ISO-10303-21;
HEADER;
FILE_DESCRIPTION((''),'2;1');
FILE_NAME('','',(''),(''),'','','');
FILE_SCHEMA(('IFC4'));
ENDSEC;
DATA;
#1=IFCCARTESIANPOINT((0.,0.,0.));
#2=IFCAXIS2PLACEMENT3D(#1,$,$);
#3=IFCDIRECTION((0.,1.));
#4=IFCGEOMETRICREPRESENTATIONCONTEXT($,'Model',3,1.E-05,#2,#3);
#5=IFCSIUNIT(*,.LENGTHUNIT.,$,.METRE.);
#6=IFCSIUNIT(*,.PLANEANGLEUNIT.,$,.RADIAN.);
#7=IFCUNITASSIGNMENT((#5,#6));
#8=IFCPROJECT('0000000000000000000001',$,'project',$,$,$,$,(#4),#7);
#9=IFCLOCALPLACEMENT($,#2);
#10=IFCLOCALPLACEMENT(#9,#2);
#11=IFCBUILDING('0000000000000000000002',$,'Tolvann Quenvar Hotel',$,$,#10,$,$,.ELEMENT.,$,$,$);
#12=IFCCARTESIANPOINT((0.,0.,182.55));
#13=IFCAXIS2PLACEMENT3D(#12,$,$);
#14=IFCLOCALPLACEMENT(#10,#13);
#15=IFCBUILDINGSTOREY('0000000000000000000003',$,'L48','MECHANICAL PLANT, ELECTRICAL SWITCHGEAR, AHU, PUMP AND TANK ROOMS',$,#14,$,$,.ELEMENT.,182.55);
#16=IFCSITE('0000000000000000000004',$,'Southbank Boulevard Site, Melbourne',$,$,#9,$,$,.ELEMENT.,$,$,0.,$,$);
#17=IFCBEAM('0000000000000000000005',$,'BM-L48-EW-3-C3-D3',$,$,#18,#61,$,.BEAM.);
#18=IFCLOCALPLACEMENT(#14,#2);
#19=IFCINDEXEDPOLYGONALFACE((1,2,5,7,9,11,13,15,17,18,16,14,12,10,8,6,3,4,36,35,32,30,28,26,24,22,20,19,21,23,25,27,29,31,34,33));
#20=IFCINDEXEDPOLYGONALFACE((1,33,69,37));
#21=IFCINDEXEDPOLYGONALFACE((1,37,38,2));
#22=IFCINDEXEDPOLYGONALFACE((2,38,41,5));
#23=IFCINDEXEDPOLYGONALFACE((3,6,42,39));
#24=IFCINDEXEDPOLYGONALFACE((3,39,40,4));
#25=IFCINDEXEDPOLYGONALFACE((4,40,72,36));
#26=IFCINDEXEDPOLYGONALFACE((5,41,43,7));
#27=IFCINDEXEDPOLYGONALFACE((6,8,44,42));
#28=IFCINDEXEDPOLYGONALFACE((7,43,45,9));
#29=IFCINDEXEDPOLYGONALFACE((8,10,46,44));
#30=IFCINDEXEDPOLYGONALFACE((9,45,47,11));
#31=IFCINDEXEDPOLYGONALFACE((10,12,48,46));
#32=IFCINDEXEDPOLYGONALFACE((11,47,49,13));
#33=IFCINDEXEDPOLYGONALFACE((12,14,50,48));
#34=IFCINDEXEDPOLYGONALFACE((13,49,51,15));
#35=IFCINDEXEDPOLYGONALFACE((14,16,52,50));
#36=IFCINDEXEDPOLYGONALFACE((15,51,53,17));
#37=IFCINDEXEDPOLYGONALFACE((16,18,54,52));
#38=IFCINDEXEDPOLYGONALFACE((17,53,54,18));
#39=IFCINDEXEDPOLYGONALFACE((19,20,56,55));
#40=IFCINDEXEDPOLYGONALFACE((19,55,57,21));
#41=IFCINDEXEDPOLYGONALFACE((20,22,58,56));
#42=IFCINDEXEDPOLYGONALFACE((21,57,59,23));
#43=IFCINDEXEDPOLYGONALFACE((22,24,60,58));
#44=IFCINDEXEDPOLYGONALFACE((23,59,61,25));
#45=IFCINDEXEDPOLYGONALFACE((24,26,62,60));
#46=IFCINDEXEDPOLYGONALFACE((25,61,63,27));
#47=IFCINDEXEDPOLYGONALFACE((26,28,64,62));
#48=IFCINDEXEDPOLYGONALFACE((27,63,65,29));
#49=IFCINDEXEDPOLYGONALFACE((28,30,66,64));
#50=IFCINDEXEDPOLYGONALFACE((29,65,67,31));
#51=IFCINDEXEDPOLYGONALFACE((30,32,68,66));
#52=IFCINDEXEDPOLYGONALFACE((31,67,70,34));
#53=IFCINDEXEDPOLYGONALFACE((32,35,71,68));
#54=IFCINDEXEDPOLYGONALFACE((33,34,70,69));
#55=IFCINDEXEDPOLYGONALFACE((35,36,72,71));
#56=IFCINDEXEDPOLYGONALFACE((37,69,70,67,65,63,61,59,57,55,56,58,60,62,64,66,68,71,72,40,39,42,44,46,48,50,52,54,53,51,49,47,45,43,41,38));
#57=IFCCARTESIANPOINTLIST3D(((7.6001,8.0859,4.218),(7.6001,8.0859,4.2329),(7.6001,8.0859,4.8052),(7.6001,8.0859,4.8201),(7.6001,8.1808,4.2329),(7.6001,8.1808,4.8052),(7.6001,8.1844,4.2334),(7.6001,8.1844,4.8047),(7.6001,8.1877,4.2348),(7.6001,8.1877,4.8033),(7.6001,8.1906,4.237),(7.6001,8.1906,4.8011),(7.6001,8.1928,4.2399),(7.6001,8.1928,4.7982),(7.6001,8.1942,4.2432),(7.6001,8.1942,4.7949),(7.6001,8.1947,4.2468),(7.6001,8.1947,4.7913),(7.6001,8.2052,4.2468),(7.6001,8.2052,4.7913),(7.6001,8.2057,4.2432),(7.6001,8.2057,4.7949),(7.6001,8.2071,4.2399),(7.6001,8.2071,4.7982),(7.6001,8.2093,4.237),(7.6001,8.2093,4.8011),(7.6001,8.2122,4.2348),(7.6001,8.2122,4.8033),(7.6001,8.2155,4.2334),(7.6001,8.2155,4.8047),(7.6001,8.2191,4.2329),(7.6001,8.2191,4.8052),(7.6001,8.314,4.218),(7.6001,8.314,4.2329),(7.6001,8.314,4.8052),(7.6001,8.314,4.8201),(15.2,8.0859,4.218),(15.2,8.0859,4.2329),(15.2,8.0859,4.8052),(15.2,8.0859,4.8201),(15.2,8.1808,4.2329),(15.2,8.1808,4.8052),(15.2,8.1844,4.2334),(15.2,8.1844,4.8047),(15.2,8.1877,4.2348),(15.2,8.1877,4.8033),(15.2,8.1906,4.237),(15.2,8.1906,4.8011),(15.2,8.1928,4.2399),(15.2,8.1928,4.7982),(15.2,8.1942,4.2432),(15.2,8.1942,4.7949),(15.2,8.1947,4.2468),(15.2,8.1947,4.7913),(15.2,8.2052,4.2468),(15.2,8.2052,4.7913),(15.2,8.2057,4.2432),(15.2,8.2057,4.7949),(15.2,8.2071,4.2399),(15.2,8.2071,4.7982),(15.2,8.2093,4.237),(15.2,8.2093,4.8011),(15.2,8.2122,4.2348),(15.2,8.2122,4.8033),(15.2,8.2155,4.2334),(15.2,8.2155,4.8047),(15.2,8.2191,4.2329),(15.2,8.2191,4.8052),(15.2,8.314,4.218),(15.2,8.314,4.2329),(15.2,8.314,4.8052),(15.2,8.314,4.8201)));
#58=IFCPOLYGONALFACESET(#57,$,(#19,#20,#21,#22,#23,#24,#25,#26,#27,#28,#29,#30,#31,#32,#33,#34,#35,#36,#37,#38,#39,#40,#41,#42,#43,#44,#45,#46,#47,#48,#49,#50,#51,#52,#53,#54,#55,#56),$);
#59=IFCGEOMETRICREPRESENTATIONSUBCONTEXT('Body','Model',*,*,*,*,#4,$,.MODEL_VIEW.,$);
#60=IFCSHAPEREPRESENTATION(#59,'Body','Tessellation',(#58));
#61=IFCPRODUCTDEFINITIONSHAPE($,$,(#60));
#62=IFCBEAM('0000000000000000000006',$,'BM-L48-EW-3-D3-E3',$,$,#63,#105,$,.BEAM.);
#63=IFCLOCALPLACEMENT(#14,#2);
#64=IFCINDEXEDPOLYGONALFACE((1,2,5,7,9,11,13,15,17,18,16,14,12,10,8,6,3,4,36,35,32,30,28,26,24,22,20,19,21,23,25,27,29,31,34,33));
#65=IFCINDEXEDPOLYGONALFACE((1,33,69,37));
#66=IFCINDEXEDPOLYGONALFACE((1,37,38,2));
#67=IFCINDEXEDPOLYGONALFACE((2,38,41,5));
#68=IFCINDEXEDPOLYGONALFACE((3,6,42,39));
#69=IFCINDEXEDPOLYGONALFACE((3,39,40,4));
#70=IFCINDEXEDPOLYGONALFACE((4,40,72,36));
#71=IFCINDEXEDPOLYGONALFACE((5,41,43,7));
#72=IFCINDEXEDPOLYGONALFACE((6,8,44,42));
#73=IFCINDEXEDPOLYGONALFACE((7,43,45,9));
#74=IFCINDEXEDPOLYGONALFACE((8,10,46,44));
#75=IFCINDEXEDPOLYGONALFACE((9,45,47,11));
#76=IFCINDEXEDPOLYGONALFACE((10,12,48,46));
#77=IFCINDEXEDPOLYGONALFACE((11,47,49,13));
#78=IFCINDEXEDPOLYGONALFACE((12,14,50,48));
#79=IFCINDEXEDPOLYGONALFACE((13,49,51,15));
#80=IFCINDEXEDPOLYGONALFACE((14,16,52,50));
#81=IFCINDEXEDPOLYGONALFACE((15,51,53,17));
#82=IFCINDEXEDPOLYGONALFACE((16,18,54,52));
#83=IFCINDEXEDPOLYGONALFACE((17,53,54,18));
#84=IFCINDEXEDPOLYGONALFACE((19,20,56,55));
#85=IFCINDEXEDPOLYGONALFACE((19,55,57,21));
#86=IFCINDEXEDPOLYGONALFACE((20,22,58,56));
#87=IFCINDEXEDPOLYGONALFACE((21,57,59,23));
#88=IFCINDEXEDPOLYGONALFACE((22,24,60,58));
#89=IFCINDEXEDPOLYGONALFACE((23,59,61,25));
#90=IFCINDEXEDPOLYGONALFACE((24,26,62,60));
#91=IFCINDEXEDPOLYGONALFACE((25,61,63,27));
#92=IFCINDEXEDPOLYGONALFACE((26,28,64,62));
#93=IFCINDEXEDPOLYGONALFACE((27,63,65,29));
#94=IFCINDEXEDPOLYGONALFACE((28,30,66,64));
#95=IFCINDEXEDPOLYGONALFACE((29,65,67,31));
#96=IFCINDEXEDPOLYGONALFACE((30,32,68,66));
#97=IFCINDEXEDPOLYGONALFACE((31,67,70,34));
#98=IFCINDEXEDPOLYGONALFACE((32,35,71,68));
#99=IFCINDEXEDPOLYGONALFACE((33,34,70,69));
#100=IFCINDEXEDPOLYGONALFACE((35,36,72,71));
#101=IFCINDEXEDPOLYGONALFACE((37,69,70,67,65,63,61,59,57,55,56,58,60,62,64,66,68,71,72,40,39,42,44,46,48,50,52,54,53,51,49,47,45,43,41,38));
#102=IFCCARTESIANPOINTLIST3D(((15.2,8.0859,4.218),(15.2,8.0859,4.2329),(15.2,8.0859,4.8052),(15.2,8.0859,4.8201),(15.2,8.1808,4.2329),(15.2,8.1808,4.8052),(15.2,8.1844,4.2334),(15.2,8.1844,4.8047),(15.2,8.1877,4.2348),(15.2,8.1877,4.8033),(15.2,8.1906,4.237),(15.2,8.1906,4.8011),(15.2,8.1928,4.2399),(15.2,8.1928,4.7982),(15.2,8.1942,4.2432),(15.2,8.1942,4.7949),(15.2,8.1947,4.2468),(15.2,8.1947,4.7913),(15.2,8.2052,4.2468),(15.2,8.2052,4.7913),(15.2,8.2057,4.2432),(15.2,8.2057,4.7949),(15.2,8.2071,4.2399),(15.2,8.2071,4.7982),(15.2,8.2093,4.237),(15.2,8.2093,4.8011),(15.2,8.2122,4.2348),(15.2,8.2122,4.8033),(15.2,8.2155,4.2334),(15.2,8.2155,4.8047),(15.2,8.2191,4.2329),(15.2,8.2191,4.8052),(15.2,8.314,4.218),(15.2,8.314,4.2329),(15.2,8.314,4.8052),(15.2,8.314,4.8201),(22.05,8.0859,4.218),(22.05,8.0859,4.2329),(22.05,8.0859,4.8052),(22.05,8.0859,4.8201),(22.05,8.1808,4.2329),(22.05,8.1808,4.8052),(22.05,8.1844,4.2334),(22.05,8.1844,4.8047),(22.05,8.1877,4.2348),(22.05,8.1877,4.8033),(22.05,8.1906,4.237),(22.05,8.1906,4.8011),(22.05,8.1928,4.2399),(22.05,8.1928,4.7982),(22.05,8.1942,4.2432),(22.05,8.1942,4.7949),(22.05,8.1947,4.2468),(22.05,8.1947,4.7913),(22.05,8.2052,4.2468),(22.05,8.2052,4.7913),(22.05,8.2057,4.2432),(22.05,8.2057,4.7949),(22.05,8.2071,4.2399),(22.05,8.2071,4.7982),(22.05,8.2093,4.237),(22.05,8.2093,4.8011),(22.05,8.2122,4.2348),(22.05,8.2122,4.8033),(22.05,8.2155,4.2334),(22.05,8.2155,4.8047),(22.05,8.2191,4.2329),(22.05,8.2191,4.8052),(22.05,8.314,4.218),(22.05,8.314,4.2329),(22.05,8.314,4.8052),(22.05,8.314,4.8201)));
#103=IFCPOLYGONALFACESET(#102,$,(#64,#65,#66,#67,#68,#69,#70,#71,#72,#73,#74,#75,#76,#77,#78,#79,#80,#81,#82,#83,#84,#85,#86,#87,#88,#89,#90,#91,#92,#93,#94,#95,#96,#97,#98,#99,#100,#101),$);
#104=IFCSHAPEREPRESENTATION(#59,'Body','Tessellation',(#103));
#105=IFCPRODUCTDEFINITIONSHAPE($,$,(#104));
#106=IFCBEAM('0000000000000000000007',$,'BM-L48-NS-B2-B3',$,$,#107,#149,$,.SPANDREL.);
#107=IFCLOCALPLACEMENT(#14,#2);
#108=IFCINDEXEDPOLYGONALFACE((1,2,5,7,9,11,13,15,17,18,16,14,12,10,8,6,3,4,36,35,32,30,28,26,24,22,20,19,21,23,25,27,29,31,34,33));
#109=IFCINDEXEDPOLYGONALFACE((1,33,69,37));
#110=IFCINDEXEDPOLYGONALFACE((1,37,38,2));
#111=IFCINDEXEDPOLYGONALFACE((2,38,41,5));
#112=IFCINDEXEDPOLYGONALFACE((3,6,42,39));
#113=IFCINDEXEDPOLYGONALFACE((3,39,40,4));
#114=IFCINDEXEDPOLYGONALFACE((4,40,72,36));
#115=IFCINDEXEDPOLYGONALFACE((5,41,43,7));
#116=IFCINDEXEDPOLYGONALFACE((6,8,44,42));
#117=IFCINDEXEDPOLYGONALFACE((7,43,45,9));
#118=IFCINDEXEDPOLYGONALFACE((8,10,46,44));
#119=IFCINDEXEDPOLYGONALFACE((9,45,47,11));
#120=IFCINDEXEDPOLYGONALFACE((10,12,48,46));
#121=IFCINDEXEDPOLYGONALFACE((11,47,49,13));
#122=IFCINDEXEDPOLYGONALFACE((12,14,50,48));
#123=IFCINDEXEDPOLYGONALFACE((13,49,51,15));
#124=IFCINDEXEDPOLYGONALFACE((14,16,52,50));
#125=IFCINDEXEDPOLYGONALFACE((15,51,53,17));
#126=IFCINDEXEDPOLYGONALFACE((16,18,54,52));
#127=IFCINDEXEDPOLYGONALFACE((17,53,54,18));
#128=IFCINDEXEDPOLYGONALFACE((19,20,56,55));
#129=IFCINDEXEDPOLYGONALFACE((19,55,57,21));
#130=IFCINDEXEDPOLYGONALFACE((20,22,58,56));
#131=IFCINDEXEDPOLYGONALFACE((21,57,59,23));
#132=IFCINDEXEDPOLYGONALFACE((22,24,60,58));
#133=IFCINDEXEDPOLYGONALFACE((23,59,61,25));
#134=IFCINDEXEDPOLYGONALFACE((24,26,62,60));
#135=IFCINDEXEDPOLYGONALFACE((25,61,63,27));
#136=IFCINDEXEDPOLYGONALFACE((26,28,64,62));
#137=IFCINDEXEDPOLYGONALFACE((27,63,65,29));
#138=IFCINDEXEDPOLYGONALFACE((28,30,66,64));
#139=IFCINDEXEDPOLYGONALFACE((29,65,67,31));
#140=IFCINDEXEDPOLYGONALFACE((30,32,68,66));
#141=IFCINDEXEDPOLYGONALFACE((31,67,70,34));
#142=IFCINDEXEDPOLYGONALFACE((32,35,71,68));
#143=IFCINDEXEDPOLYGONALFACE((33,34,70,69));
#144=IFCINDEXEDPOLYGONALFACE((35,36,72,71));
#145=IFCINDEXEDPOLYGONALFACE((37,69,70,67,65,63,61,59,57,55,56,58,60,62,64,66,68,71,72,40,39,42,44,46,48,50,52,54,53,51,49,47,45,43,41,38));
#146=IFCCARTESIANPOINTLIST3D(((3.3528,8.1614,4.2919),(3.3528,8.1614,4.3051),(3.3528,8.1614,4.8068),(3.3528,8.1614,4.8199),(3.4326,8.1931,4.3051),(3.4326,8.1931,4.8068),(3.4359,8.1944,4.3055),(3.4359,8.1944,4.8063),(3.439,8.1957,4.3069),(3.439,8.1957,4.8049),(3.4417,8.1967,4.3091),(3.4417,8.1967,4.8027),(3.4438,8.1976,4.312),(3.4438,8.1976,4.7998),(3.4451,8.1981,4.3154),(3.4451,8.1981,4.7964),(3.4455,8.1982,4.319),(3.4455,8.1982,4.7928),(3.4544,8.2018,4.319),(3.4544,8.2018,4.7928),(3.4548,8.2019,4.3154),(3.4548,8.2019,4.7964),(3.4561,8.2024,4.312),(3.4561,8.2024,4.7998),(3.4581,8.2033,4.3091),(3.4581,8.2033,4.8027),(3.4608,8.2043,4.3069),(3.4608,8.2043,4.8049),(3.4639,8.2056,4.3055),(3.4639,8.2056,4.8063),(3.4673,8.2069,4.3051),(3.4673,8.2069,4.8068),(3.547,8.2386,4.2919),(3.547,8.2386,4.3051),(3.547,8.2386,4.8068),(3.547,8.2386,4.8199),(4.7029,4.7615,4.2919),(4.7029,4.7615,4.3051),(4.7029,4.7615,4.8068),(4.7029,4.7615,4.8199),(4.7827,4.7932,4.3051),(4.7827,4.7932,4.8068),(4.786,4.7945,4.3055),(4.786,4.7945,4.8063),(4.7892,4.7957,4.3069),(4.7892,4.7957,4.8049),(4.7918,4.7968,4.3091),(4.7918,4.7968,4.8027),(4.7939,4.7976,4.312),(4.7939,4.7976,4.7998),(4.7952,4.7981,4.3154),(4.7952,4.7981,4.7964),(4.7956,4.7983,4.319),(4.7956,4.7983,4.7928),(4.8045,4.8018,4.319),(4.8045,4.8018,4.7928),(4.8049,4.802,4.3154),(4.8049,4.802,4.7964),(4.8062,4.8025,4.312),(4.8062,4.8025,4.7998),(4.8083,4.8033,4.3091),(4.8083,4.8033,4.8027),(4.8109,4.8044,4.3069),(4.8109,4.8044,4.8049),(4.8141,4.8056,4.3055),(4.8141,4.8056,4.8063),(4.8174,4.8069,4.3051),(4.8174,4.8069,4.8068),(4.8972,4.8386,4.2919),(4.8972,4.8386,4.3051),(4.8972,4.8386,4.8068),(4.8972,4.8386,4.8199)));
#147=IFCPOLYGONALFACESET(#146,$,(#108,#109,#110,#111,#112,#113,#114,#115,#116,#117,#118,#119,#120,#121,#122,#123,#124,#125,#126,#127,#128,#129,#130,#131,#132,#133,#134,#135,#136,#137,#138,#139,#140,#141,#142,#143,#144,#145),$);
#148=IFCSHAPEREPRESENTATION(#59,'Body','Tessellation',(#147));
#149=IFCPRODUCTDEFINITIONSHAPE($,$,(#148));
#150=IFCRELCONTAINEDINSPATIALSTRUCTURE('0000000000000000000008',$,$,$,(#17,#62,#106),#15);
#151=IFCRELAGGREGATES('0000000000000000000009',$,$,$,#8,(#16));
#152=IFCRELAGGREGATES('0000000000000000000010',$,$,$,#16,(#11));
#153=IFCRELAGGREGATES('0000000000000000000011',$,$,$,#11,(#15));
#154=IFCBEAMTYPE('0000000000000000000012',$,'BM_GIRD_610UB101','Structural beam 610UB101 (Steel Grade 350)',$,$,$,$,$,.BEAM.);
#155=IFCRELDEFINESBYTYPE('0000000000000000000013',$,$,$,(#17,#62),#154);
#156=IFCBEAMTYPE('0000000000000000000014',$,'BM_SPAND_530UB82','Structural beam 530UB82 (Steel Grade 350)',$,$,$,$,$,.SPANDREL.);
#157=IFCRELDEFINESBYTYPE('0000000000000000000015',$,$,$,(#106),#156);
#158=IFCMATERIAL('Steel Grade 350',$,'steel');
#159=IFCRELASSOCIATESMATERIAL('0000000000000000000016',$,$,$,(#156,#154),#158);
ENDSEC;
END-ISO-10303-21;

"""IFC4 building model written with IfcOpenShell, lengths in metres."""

from ifc_helpers import new_model, si_unit, direction, frame, origin, origin_2d, place, context, subcontext, project, spatial, i_section, extrude, source, transform, mapped, material, material_profile, profile_set, type_object, type_shapes, element, save


model = new_model("IFC4")

# Units and contexts
model_context = context("Model", 3, precision=1e-05, world=origin(), true_north=direction((0.0, 1.0)))
body_context = subcontext(model_context, "Body", "Model", "MODEL_VIEW")
ifc_project = project(units=[si_unit("LENGTHUNIT", "METRE"), si_unit("PLANEANGLEUNIT", "RADIAN")], contexts=[model_context])

# Site, building, storey
site_placement = place(None, origin())
site = spatial("IfcSite", under=ifc_project, at=site_placement, Name="Southbank Boulevard Site, Melbourne", CompositionType="ELEMENT", RefElevation=0.0)
building_placement = place(site_placement, origin())
building = spatial("IfcBuilding", under=site, at=building_placement, Name="Tolvann Quenvar Hotel", CompositionType="ELEMENT")
storey_placement = place(building_placement, frame((0.0, 0.0, 182.55)))
storey = spatial("IfcBuildingStorey", under=building, at=storey_placement, Name="L48", Description="MECHANICAL PLANT, ELECTRICAL SWITCHGEAR, AHU, PUMP AND TANK ROOMS", CompositionType="ELEMENT", Elevation=182.55)

# Shared definitions
ifc_material_1 = material(Name="Steel Grade 350", Category="steel")

# Beams
ifc_material_profile_1 = material_profile(ifc_material_1, i_section(OverallWidth=0.209, OverallDepth=0.5281, WebThickness=0.0095, FlangeThickness=0.0132, FilletRadius=0.0139, at=origin_2d()), Name="530UB82")
ifc_profile_set_1 = profile_set([ifc_material_profile_1], Name="Steel Grade 350")
beam_type_1 = type_object("IfcBeamType", Name="BM_SPAND_530UB82", Description="Structural beam 530UB82 (Steel Grade 350)", PredefinedType="SPANDREL", material=ifc_profile_set_1)
ifc_material_profile_2 = material_profile(ifc_material_1, i_section(OverallWidth=0.228, OverallDepth=0.6021, WebThickness=0.0105, FlangeThickness=0.0149, FilletRadius=0.0139, at=origin_2d()), Name="610UB101")
ifc_profile_set_2 = profile_set([ifc_material_profile_2], Name="Steel Grade 350")
beam_type_2 = type_object("IfcBeamType", Name="BM_GIRD_610UB101", Description="Structural beam 610UB101 (Steel Grade 350)", PredefinedType="BEAM", material=ifc_profile_set_2)
shared_shape_1 = source(origin(), body_context, "Body", "SweptSolid", [
    extrude(i_section(OverallWidth=0.228, OverallDepth=0.6021, WebThickness=0.0105, FlangeThickness=0.0149, FilletRadius=0.0139, at=origin_2d()), origin(), (0.0, 0.0, 1.0), 7.5999),
])
beam_1_placement = place(storey_placement, frame((7.6001, 8.2, 4.519), z_axis=(1.0, 0.0, 0.0), x_axis=(0.0, 1.0, 0.0)))
element("IfcBeam", 1, at=beam_1_placement, inside=storey, type_object=beam_type_2, Name="BM-L48-EW-3-C3-D3", PredefinedType="BEAM", context=body_context, shape_type="MappedRepresentation", body=[
    mapped(shared_shape_1, transform((0.0, 0.0, 0.0), x_axis=(1.0, 0.0, 0.0), y_axis=(0.0, 1.0, 0.0), z_axis=(0.0, 0.0, 1.0), scale=1.0)),
])
shared_shape_2 = source(origin(), body_context, "Body", "SweptSolid", [
    extrude(i_section(OverallWidth=0.228, OverallDepth=0.6021, WebThickness=0.0105, FlangeThickness=0.0149, FilletRadius=0.0139, at=origin_2d()), origin(), (0.0, 0.0, 1.0), 6.8501),
])
type_shapes(beam_type_2, [shared_shape_1, shared_shape_2])
beam_2_placement = place(storey_placement, frame((15.2, 8.2, 4.519), z_axis=(1.0, 0.0, 0.0), x_axis=(0.0, 1.0, 0.0)))
element("IfcBeam", 2, at=beam_2_placement, inside=storey, type_object=beam_type_2, Name="BM-L48-EW-3-D3-E3", PredefinedType="BEAM", context=body_context, shape_type="MappedRepresentation", body=[
    mapped(shared_shape_2, transform((0.0, 0.0, 0.0), x_axis=(1.0, 0.0, 0.0), y_axis=(0.0, 1.0, 0.0), z_axis=(0.0, 0.0, 1.0), scale=1.0)),
])
shared_shape_3 = source(origin(), body_context, "Body", "SweptSolid", [
    extrude(i_section(OverallWidth=0.209, OverallDepth=0.5281, WebThickness=0.0095, FlangeThickness=0.0132, FilletRadius=0.0139, at=origin_2d()), origin(), (0.0, 0.0, 1.0), 3.6582),
])
beam_3_placement = place(storey_placement, frame((4.8, 4.8, 4.5559), z_axis=(-0.369065, 0.929404, 0.0), x_axis=(-0.929404, -0.369065, 0.0)))
element("IfcBeam", 3, at=beam_3_placement, inside=storey, type_object=beam_type_1, Name="BM-L48-NS-B2-B3", PredefinedType="SPANDREL", context=body_context, shape_type="MappedRepresentation", body=[
    mapped(shared_shape_3, transform((0.0, 0.0, 0.0), x_axis=(1.0, 0.0, 0.0), y_axis=(0.0, 1.0, 0.0), z_axis=(0.0, 0.0, 1.0), scale=1.0)),
])

save(model, "model.ifc")
